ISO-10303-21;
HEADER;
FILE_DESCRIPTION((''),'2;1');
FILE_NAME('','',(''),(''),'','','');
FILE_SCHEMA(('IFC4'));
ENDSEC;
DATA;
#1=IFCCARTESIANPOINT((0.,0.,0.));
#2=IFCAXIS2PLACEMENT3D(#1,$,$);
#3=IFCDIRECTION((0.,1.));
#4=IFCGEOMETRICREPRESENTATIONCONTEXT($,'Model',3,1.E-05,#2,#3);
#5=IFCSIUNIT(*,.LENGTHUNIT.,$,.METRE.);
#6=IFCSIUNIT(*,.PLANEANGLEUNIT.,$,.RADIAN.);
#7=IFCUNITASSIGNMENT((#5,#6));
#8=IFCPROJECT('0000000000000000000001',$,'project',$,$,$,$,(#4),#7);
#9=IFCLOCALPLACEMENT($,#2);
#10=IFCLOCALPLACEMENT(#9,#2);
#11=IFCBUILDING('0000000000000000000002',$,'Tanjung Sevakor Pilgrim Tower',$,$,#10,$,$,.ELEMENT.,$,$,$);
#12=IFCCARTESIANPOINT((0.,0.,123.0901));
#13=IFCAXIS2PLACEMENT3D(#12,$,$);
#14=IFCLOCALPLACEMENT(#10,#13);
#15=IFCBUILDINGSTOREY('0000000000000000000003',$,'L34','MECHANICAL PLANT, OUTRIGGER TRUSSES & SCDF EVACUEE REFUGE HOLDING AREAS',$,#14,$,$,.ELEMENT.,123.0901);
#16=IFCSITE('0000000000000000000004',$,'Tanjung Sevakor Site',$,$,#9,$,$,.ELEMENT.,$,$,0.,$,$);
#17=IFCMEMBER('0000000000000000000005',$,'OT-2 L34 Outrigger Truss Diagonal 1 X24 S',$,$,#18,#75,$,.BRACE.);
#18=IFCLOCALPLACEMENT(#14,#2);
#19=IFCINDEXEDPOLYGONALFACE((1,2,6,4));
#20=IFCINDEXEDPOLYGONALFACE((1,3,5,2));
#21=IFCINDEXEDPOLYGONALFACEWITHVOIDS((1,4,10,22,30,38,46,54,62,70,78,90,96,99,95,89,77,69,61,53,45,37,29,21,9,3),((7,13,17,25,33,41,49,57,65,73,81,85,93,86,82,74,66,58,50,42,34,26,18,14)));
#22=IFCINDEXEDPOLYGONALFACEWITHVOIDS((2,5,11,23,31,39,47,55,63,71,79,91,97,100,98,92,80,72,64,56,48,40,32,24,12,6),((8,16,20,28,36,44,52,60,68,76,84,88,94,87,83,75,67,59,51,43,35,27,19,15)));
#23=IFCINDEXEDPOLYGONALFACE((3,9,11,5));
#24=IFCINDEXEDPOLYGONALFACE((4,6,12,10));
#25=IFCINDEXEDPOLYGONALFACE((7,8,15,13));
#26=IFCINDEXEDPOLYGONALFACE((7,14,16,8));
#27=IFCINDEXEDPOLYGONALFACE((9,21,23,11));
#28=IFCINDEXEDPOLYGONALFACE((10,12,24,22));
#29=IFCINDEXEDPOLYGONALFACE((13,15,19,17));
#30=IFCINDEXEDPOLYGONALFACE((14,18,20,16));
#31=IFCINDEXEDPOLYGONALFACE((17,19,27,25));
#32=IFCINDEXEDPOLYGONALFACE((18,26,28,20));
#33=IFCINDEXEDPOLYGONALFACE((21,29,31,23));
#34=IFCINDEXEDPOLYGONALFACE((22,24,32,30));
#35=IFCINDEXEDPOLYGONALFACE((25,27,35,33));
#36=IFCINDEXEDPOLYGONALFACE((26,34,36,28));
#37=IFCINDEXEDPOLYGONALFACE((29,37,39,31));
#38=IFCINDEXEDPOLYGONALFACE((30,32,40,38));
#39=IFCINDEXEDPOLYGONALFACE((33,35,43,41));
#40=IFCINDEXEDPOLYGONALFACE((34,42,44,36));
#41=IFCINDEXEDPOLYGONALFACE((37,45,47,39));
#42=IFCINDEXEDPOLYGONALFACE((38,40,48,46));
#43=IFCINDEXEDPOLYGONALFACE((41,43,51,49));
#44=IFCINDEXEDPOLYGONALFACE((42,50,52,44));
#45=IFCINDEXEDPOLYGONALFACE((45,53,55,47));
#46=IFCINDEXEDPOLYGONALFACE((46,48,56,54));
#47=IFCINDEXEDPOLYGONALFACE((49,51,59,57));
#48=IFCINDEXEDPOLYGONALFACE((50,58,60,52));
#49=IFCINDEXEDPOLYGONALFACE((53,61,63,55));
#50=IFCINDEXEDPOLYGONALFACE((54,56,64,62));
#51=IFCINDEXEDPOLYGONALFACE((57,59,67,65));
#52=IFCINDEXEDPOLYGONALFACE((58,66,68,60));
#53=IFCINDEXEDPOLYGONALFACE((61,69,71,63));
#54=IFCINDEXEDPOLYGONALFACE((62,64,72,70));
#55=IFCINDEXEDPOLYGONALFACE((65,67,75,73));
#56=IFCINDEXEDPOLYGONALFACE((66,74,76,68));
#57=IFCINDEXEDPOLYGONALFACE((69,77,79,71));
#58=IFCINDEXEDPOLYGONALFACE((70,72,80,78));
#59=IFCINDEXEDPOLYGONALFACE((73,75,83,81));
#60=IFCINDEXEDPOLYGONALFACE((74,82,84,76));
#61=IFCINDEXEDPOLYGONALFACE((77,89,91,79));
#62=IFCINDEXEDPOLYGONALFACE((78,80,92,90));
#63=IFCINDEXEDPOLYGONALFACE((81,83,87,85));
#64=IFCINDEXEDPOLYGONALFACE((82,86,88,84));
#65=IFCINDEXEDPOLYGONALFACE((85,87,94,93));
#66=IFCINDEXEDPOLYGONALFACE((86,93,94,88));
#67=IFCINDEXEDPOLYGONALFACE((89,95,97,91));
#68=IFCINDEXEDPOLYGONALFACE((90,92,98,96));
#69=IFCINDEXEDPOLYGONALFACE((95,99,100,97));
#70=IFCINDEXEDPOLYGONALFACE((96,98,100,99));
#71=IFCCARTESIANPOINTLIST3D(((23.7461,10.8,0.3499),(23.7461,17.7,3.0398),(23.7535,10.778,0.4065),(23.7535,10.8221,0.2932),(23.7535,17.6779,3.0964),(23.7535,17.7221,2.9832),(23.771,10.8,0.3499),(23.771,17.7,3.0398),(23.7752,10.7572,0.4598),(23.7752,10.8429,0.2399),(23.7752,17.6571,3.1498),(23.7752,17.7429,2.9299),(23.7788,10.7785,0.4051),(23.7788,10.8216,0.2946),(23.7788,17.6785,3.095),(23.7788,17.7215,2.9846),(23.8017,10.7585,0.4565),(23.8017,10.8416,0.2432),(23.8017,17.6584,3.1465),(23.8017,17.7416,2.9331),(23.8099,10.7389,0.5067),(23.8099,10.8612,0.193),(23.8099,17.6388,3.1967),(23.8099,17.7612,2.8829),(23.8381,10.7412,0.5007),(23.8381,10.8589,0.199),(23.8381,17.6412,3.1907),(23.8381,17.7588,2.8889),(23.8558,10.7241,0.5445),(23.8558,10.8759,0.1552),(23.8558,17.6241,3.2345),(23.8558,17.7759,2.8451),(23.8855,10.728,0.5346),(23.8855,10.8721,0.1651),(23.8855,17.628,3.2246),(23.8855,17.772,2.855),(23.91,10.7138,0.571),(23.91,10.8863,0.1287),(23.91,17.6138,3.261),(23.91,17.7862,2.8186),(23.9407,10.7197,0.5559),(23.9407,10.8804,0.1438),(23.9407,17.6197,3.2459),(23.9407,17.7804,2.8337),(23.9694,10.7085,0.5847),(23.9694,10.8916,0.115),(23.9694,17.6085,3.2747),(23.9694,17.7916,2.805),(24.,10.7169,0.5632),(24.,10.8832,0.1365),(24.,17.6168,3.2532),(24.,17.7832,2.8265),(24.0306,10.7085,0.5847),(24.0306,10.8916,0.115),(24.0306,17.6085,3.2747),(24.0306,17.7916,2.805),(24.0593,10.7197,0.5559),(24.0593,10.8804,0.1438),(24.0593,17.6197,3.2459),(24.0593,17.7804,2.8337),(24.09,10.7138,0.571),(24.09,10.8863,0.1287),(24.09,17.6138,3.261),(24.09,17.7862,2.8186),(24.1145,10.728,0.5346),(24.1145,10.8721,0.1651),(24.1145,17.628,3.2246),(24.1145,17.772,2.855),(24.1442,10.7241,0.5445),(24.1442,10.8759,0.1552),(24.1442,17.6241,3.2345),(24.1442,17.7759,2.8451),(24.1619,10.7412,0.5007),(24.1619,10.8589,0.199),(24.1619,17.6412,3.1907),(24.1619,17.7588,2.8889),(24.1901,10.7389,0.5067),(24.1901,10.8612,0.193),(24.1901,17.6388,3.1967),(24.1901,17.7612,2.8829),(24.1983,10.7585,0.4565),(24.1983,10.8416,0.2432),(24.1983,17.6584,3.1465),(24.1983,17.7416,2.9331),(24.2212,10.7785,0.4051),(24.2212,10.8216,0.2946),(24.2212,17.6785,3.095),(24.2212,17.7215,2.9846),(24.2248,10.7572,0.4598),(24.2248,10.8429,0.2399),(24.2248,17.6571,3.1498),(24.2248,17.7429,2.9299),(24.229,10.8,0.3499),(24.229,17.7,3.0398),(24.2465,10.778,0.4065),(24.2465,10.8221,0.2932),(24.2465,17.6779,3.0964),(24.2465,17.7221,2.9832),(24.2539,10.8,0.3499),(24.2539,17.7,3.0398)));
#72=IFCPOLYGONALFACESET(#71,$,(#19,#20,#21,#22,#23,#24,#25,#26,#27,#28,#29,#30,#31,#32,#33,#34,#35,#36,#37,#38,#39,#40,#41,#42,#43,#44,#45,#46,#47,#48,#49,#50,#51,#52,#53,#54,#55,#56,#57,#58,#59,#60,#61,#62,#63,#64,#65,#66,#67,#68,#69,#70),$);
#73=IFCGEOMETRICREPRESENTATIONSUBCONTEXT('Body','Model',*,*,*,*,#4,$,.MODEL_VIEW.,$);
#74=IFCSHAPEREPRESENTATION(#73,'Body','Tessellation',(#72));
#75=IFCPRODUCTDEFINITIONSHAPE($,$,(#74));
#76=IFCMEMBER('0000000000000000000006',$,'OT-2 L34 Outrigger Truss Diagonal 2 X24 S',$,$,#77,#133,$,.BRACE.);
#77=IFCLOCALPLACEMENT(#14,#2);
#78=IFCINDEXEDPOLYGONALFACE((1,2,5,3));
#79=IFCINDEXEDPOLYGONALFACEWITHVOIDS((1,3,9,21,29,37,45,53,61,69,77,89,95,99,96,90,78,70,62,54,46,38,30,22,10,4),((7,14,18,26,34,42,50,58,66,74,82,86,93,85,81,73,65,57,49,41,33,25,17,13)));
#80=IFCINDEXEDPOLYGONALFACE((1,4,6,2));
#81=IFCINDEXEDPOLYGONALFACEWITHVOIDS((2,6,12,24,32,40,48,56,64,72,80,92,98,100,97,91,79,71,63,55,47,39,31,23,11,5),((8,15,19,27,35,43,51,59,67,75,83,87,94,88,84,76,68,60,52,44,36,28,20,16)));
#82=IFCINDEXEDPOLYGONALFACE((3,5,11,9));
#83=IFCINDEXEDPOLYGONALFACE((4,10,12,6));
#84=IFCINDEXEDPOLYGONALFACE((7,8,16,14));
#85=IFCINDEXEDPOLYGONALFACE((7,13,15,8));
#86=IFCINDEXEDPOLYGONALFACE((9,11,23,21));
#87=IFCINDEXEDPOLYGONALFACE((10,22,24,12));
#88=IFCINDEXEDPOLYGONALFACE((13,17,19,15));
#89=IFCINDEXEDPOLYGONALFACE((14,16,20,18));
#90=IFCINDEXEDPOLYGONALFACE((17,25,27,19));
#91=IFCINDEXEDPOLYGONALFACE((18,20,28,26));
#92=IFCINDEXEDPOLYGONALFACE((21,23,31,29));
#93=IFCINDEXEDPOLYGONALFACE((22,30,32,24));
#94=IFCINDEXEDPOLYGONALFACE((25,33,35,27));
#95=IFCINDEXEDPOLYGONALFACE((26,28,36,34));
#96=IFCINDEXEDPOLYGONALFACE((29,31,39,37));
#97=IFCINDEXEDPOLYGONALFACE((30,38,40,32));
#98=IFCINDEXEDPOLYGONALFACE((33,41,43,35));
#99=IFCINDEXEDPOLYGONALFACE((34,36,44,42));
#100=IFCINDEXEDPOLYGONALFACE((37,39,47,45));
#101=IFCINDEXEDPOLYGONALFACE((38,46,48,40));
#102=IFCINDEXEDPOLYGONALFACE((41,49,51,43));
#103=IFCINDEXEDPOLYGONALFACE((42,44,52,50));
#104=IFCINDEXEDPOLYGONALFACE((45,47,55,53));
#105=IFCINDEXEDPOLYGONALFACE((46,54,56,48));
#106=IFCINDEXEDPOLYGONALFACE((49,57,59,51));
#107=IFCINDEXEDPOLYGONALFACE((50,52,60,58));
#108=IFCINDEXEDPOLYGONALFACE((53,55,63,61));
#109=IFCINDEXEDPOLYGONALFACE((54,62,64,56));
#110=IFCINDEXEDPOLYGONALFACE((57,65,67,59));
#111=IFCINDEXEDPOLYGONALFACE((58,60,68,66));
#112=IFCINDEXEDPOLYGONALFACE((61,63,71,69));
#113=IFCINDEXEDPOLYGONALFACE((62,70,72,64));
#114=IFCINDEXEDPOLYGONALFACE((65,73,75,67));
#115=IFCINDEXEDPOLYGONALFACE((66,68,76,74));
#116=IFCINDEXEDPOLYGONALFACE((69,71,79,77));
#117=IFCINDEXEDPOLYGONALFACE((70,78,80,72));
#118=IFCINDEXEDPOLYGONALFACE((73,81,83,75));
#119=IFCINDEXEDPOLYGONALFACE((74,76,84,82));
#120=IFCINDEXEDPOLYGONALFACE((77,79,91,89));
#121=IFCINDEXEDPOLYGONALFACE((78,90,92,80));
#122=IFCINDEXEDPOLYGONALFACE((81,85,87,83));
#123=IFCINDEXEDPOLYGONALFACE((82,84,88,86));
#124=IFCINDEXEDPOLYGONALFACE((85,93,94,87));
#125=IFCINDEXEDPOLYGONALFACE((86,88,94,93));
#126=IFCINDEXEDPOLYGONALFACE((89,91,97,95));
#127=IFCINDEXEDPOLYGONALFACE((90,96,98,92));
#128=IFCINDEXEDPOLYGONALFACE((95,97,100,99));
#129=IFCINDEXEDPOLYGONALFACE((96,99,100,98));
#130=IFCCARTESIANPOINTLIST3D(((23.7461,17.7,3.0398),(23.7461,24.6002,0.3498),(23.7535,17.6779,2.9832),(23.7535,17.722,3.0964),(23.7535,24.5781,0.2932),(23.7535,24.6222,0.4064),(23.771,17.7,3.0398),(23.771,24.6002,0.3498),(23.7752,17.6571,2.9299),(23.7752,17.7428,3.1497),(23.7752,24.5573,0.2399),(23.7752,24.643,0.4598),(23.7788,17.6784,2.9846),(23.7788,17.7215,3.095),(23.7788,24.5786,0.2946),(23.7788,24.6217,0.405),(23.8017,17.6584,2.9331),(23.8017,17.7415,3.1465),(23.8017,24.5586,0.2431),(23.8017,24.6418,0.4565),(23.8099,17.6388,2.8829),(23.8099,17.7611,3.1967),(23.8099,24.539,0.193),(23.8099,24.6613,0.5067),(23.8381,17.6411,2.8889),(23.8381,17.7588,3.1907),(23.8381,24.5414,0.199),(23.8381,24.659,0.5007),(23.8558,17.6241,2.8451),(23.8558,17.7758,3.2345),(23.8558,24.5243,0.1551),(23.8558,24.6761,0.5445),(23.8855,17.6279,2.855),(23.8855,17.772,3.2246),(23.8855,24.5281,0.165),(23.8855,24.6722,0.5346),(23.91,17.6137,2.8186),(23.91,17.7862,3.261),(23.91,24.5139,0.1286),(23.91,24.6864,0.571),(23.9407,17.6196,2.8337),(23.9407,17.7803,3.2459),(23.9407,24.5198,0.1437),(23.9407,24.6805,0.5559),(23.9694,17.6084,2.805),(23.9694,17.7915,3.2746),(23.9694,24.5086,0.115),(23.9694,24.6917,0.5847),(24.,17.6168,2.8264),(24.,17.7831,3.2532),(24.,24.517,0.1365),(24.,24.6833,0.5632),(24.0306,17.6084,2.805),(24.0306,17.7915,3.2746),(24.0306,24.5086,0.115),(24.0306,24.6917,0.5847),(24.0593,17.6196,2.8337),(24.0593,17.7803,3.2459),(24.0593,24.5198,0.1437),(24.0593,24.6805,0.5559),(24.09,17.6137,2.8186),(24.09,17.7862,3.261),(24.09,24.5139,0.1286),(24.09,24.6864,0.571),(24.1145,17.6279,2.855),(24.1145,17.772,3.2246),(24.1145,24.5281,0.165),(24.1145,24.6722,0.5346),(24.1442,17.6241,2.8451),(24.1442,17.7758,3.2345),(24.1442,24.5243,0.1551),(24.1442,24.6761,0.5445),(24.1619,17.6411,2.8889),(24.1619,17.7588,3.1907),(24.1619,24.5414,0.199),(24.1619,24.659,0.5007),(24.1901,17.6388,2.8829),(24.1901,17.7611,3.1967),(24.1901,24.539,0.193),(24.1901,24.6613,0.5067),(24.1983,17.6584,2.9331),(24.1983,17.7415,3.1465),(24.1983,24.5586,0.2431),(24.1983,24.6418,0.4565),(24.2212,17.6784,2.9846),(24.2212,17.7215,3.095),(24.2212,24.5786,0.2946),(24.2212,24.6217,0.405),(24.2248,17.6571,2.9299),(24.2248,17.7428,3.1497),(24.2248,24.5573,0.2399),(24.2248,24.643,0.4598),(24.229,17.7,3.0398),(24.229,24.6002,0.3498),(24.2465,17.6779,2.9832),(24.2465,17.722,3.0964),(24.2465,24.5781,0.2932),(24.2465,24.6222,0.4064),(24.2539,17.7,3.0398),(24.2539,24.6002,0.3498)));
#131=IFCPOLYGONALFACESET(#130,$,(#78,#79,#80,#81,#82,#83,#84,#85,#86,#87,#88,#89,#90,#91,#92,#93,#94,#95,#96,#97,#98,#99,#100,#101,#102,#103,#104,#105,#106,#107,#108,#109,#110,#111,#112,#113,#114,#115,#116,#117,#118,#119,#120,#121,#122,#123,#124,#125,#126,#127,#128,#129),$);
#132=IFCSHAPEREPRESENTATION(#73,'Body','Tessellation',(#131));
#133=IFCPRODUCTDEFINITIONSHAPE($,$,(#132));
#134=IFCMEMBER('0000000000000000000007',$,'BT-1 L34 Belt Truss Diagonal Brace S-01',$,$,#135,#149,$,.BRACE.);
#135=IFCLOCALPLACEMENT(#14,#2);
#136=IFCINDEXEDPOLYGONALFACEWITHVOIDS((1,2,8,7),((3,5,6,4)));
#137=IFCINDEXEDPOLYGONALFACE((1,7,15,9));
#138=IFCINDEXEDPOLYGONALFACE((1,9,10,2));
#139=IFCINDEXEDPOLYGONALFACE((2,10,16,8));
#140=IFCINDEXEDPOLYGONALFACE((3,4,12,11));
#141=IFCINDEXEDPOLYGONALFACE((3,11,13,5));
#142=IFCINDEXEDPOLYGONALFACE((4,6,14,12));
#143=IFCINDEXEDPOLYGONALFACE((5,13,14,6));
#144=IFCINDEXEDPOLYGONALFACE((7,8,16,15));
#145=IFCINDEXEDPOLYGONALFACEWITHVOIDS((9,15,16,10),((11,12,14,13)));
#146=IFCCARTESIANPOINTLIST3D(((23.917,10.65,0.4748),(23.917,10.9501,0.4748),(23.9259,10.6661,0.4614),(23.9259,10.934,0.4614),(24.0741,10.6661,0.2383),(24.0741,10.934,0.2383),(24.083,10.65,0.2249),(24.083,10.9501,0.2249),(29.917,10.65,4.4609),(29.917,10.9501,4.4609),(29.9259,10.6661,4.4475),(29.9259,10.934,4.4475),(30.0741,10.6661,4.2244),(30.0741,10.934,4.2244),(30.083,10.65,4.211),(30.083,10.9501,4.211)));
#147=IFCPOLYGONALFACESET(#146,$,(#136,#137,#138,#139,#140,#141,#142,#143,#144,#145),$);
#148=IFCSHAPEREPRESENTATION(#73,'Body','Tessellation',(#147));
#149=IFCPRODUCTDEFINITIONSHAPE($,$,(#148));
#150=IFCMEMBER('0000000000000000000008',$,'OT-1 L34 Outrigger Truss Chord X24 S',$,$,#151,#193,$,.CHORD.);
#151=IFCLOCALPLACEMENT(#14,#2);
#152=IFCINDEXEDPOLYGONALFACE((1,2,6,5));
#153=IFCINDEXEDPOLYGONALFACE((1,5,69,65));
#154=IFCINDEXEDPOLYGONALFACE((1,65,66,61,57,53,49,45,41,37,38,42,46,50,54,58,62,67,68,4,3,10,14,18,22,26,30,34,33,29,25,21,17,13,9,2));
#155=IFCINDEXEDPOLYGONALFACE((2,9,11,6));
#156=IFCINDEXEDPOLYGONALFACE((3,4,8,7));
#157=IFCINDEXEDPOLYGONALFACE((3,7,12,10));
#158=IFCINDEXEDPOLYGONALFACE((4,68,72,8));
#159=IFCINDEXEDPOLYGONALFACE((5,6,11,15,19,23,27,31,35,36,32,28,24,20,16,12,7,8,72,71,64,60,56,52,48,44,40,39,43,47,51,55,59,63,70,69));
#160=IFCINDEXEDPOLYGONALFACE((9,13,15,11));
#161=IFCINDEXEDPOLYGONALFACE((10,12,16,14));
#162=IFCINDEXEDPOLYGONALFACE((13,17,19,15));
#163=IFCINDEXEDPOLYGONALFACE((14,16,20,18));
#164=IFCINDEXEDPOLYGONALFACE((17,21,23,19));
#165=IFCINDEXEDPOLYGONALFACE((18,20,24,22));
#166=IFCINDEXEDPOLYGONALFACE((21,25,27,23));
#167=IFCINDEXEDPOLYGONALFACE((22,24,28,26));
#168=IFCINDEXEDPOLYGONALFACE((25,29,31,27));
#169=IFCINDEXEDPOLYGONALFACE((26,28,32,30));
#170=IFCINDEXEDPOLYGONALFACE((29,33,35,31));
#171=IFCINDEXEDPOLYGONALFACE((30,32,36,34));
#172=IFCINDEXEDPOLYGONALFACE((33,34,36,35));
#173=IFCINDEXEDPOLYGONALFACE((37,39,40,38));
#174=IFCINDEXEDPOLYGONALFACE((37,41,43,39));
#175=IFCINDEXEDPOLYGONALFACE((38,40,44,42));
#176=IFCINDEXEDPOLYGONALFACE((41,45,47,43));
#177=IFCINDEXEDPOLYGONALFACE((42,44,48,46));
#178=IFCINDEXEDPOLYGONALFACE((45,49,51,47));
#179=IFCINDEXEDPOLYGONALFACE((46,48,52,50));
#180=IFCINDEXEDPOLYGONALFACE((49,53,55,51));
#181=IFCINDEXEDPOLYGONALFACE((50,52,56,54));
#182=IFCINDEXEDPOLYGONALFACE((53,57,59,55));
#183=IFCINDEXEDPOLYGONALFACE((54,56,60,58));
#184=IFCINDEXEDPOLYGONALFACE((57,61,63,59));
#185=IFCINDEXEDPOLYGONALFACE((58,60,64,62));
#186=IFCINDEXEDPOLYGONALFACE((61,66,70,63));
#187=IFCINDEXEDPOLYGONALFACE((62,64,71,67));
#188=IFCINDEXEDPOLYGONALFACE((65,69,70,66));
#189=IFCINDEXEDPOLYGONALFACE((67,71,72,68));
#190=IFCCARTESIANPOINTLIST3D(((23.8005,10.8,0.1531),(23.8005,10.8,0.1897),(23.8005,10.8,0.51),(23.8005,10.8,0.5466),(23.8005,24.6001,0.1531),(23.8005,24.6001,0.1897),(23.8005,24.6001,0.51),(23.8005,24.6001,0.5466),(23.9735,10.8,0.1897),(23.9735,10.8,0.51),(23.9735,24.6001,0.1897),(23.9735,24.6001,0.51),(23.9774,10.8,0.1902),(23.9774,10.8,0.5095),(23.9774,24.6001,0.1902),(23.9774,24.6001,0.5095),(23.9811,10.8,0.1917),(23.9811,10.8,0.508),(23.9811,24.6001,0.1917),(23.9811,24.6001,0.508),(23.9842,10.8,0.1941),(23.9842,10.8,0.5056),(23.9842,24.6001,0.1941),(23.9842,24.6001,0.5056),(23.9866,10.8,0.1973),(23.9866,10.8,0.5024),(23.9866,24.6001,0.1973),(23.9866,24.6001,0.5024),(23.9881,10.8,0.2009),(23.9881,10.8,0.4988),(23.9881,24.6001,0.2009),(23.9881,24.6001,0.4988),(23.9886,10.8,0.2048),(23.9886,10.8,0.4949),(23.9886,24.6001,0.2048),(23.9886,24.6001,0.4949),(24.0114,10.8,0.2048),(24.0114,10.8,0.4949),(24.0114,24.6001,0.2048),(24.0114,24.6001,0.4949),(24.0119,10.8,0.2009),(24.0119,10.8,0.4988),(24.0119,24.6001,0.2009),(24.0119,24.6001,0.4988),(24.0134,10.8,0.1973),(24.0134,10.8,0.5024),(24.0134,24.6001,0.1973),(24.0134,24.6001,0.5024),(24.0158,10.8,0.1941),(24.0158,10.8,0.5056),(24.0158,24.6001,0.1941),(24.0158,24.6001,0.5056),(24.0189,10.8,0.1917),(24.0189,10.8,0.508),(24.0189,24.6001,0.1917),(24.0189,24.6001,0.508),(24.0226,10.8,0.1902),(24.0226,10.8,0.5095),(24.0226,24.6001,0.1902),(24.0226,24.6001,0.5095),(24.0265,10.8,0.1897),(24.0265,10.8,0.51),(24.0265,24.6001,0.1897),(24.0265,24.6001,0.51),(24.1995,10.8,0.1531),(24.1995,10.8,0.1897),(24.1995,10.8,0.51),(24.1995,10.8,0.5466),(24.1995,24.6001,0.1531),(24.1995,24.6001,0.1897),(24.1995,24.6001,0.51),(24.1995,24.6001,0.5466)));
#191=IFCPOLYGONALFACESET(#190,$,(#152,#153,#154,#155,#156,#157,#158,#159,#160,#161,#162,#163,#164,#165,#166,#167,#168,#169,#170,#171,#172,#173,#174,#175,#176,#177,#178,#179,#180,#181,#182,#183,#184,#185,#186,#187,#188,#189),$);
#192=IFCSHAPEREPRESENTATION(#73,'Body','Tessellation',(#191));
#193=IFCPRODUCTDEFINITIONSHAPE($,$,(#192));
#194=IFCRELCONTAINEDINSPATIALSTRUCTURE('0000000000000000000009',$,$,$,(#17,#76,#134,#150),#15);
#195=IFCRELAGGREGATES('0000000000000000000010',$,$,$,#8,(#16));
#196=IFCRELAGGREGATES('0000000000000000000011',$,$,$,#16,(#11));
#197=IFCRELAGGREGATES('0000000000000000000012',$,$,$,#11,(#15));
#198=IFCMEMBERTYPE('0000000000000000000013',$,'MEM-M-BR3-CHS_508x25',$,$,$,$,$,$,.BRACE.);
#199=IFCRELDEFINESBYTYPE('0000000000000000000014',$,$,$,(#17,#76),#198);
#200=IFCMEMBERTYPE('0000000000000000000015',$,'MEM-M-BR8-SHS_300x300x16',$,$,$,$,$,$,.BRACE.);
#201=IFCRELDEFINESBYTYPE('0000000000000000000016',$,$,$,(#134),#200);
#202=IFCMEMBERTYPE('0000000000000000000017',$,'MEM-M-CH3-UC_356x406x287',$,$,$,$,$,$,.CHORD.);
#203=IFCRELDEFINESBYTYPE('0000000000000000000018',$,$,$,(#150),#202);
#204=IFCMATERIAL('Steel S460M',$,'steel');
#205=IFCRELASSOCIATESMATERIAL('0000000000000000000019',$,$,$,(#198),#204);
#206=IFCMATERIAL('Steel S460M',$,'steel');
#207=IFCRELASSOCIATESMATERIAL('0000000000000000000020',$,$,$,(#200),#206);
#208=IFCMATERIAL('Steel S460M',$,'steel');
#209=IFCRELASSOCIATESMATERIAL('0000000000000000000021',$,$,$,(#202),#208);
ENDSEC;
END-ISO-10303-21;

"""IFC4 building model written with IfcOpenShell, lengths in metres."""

from ifc_helpers import new_model, si_unit, direction, frame, origin, origin_2d, place, context, subcontext, project, spatial, hollow_rectangle, hollow_circle, i_section, extrude, material, material_profile, profile_set, type_object, element, save


model = new_model("IFC4")

# Units and contexts
model_context = context("Model", 3, precision=1e-05, world=origin(), true_north=direction((0.0, 1.0)))
body_context = subcontext(model_context, "Body", "Model", "MODEL_VIEW")
ifc_project = project(units=[si_unit("LENGTHUNIT", "METRE"), si_unit("PLANEANGLEUNIT", "RADIAN")], contexts=[model_context])

# Site, building, storey
site_placement = place(None, origin())
site = spatial("IfcSite", under=ifc_project, at=site_placement, Name="Tanjung Sevakor Site", CompositionType="ELEMENT", RefElevation=0.0)
building_placement = place(site_placement, origin())
building = spatial("IfcBuilding", under=site, at=building_placement, Name="Tanjung Sevakor Pilgrim Tower", CompositionType="ELEMENT")
storey_placement = place(building_placement, frame((0.0, 0.0, 123.0901)))
storey = spatial("IfcBuildingStorey", under=building, at=storey_placement, Name="L34", Description="MECHANICAL PLANT, OUTRIGGER TRUSSES & SCDF EVACUEE REFUGE HOLDING AREAS", CompositionType="ELEMENT", Elevation=123.0901)

# Members
ifc_material_1 = material(Name="Steel S460M", Category="steel")
ifc_material_profile_1 = material_profile(ifc_material_1, hollow_circle(Radius=0.2539, WallThickness=0.0249, at=origin_2d()))
ifc_profile_set_1 = profile_set([ifc_material_profile_1], Name="Steel S460M")
member_type_1 = type_object("IfcMemberType", Name="MEM-M-BR3-CHS_508x25", PredefinedType="BRACE", material=ifc_profile_set_1)
member_1_placement = place(storey_placement, frame((24.0, 10.8, 0.3499), z_axis=(0.0, 0.931701, 0.363226), x_axis=(-1.0, 0.0, 0.0)))
element("IfcMember", 1, at=member_1_placement, inside=storey, type_object=member_type_1, Name="OT-2 L34 Outrigger Truss Diagonal 1 X24 S", PredefinedType="BRACE", context=body_context, shape_type="SweptSolid", body=[
    extrude(hollow_circle(Radius=0.2539, WallThickness=0.0249, at=origin_2d()), origin(), (0.0, 0.0, 1.0), 7.4058),
])
member_2_placement = place(storey_placement, frame((24.0, 17.7, 3.0398), z_axis=(0.0, 0.931706, -0.363215), x_axis=(-1.0, 0.0, 0.0)))
element("IfcMember", 2, at=member_2_placement, inside=storey, type_object=member_type_1, Name="OT-2 L34 Outrigger Truss Diagonal 2 X24 S", PredefinedType="BRACE", context=body_context, shape_type="SweptSolid", body=[
    extrude(hollow_circle(Radius=0.2539, WallThickness=0.0249, at=origin_2d()), origin(), (0.0, 0.0, 1.0), 7.406),
])
ifc_material_2 = material(Name="Steel S460M", Category="steel")
ifc_material_profile_2 = material_profile(ifc_material_2, hollow_rectangle(XDim=0.3, YDim=0.3, WallThickness=0.0161, at=origin_2d()))
ifc_profile_set_2 = profile_set([ifc_material_profile_2], Name="Steel S460M")
member_type_2 = type_object("IfcMemberType", Name="MEM-M-BR8-SHS_300x300x16", PredefinedType="BRACE", material=ifc_profile_set_2)
member_3_placement = place(storey_placement, frame((24.0, 10.8, 0.3499), z_axis=(0.832941, 0.0, 0.553362), x_axis=(0.0, 1.0, 0.0)))
element("IfcMember", 3, at=member_3_placement, inside=storey, type_object=member_type_2, Name="BT-1 L34 Belt Truss Diagonal Brace S-01", PredefinedType="BRACE", context=body_context, shape_type="SweptSolid", body=[
    extrude(hollow_rectangle(XDim=0.3, YDim=0.3, WallThickness=0.0161, at=origin_2d()), origin(), (0.0, 0.0, 1.0), 7.2034),
])
ifc_material_3 = material(Name="Steel S460M", Category="steel")
ifc_material_profile_3 = material_profile(ifc_material_3, i_section(OverallWidth=0.3989, OverallDepth=0.3936, WebThickness=0.0227, FlangeThickness=0.0366, FilletRadius=0.0151, at=origin_2d()))
ifc_profile_set_3 = profile_set([ifc_material_profile_3], Name="Steel S460M")
member_type_3 = type_object("IfcMemberType", Name="MEM-M-CH3-UC_356x406x287", PredefinedType="CHORD", material=ifc_profile_set_3)
member_4_placement = place(storey_placement, frame((24.0, 10.8, 0.3499), z_axis=(0.0, 1.0, 0.0), x_axis=(-1.0, 0.0, 0.0)))
element("IfcMember", 4, at=member_4_placement, inside=storey, type_object=member_type_3, Name="OT-1 L34 Outrigger Truss Chord X24 S", PredefinedType="CHORD", context=body_context, shape_type="SweptSolid", body=[
    extrude(i_section(OverallWidth=0.3989, OverallDepth=0.3936, WebThickness=0.0227, FlangeThickness=0.0366, FilletRadius=0.0151, at=origin_2d()), origin(), (0.0, 0.0, 1.0), 13.8),
])

save(model, "model.ifc")
